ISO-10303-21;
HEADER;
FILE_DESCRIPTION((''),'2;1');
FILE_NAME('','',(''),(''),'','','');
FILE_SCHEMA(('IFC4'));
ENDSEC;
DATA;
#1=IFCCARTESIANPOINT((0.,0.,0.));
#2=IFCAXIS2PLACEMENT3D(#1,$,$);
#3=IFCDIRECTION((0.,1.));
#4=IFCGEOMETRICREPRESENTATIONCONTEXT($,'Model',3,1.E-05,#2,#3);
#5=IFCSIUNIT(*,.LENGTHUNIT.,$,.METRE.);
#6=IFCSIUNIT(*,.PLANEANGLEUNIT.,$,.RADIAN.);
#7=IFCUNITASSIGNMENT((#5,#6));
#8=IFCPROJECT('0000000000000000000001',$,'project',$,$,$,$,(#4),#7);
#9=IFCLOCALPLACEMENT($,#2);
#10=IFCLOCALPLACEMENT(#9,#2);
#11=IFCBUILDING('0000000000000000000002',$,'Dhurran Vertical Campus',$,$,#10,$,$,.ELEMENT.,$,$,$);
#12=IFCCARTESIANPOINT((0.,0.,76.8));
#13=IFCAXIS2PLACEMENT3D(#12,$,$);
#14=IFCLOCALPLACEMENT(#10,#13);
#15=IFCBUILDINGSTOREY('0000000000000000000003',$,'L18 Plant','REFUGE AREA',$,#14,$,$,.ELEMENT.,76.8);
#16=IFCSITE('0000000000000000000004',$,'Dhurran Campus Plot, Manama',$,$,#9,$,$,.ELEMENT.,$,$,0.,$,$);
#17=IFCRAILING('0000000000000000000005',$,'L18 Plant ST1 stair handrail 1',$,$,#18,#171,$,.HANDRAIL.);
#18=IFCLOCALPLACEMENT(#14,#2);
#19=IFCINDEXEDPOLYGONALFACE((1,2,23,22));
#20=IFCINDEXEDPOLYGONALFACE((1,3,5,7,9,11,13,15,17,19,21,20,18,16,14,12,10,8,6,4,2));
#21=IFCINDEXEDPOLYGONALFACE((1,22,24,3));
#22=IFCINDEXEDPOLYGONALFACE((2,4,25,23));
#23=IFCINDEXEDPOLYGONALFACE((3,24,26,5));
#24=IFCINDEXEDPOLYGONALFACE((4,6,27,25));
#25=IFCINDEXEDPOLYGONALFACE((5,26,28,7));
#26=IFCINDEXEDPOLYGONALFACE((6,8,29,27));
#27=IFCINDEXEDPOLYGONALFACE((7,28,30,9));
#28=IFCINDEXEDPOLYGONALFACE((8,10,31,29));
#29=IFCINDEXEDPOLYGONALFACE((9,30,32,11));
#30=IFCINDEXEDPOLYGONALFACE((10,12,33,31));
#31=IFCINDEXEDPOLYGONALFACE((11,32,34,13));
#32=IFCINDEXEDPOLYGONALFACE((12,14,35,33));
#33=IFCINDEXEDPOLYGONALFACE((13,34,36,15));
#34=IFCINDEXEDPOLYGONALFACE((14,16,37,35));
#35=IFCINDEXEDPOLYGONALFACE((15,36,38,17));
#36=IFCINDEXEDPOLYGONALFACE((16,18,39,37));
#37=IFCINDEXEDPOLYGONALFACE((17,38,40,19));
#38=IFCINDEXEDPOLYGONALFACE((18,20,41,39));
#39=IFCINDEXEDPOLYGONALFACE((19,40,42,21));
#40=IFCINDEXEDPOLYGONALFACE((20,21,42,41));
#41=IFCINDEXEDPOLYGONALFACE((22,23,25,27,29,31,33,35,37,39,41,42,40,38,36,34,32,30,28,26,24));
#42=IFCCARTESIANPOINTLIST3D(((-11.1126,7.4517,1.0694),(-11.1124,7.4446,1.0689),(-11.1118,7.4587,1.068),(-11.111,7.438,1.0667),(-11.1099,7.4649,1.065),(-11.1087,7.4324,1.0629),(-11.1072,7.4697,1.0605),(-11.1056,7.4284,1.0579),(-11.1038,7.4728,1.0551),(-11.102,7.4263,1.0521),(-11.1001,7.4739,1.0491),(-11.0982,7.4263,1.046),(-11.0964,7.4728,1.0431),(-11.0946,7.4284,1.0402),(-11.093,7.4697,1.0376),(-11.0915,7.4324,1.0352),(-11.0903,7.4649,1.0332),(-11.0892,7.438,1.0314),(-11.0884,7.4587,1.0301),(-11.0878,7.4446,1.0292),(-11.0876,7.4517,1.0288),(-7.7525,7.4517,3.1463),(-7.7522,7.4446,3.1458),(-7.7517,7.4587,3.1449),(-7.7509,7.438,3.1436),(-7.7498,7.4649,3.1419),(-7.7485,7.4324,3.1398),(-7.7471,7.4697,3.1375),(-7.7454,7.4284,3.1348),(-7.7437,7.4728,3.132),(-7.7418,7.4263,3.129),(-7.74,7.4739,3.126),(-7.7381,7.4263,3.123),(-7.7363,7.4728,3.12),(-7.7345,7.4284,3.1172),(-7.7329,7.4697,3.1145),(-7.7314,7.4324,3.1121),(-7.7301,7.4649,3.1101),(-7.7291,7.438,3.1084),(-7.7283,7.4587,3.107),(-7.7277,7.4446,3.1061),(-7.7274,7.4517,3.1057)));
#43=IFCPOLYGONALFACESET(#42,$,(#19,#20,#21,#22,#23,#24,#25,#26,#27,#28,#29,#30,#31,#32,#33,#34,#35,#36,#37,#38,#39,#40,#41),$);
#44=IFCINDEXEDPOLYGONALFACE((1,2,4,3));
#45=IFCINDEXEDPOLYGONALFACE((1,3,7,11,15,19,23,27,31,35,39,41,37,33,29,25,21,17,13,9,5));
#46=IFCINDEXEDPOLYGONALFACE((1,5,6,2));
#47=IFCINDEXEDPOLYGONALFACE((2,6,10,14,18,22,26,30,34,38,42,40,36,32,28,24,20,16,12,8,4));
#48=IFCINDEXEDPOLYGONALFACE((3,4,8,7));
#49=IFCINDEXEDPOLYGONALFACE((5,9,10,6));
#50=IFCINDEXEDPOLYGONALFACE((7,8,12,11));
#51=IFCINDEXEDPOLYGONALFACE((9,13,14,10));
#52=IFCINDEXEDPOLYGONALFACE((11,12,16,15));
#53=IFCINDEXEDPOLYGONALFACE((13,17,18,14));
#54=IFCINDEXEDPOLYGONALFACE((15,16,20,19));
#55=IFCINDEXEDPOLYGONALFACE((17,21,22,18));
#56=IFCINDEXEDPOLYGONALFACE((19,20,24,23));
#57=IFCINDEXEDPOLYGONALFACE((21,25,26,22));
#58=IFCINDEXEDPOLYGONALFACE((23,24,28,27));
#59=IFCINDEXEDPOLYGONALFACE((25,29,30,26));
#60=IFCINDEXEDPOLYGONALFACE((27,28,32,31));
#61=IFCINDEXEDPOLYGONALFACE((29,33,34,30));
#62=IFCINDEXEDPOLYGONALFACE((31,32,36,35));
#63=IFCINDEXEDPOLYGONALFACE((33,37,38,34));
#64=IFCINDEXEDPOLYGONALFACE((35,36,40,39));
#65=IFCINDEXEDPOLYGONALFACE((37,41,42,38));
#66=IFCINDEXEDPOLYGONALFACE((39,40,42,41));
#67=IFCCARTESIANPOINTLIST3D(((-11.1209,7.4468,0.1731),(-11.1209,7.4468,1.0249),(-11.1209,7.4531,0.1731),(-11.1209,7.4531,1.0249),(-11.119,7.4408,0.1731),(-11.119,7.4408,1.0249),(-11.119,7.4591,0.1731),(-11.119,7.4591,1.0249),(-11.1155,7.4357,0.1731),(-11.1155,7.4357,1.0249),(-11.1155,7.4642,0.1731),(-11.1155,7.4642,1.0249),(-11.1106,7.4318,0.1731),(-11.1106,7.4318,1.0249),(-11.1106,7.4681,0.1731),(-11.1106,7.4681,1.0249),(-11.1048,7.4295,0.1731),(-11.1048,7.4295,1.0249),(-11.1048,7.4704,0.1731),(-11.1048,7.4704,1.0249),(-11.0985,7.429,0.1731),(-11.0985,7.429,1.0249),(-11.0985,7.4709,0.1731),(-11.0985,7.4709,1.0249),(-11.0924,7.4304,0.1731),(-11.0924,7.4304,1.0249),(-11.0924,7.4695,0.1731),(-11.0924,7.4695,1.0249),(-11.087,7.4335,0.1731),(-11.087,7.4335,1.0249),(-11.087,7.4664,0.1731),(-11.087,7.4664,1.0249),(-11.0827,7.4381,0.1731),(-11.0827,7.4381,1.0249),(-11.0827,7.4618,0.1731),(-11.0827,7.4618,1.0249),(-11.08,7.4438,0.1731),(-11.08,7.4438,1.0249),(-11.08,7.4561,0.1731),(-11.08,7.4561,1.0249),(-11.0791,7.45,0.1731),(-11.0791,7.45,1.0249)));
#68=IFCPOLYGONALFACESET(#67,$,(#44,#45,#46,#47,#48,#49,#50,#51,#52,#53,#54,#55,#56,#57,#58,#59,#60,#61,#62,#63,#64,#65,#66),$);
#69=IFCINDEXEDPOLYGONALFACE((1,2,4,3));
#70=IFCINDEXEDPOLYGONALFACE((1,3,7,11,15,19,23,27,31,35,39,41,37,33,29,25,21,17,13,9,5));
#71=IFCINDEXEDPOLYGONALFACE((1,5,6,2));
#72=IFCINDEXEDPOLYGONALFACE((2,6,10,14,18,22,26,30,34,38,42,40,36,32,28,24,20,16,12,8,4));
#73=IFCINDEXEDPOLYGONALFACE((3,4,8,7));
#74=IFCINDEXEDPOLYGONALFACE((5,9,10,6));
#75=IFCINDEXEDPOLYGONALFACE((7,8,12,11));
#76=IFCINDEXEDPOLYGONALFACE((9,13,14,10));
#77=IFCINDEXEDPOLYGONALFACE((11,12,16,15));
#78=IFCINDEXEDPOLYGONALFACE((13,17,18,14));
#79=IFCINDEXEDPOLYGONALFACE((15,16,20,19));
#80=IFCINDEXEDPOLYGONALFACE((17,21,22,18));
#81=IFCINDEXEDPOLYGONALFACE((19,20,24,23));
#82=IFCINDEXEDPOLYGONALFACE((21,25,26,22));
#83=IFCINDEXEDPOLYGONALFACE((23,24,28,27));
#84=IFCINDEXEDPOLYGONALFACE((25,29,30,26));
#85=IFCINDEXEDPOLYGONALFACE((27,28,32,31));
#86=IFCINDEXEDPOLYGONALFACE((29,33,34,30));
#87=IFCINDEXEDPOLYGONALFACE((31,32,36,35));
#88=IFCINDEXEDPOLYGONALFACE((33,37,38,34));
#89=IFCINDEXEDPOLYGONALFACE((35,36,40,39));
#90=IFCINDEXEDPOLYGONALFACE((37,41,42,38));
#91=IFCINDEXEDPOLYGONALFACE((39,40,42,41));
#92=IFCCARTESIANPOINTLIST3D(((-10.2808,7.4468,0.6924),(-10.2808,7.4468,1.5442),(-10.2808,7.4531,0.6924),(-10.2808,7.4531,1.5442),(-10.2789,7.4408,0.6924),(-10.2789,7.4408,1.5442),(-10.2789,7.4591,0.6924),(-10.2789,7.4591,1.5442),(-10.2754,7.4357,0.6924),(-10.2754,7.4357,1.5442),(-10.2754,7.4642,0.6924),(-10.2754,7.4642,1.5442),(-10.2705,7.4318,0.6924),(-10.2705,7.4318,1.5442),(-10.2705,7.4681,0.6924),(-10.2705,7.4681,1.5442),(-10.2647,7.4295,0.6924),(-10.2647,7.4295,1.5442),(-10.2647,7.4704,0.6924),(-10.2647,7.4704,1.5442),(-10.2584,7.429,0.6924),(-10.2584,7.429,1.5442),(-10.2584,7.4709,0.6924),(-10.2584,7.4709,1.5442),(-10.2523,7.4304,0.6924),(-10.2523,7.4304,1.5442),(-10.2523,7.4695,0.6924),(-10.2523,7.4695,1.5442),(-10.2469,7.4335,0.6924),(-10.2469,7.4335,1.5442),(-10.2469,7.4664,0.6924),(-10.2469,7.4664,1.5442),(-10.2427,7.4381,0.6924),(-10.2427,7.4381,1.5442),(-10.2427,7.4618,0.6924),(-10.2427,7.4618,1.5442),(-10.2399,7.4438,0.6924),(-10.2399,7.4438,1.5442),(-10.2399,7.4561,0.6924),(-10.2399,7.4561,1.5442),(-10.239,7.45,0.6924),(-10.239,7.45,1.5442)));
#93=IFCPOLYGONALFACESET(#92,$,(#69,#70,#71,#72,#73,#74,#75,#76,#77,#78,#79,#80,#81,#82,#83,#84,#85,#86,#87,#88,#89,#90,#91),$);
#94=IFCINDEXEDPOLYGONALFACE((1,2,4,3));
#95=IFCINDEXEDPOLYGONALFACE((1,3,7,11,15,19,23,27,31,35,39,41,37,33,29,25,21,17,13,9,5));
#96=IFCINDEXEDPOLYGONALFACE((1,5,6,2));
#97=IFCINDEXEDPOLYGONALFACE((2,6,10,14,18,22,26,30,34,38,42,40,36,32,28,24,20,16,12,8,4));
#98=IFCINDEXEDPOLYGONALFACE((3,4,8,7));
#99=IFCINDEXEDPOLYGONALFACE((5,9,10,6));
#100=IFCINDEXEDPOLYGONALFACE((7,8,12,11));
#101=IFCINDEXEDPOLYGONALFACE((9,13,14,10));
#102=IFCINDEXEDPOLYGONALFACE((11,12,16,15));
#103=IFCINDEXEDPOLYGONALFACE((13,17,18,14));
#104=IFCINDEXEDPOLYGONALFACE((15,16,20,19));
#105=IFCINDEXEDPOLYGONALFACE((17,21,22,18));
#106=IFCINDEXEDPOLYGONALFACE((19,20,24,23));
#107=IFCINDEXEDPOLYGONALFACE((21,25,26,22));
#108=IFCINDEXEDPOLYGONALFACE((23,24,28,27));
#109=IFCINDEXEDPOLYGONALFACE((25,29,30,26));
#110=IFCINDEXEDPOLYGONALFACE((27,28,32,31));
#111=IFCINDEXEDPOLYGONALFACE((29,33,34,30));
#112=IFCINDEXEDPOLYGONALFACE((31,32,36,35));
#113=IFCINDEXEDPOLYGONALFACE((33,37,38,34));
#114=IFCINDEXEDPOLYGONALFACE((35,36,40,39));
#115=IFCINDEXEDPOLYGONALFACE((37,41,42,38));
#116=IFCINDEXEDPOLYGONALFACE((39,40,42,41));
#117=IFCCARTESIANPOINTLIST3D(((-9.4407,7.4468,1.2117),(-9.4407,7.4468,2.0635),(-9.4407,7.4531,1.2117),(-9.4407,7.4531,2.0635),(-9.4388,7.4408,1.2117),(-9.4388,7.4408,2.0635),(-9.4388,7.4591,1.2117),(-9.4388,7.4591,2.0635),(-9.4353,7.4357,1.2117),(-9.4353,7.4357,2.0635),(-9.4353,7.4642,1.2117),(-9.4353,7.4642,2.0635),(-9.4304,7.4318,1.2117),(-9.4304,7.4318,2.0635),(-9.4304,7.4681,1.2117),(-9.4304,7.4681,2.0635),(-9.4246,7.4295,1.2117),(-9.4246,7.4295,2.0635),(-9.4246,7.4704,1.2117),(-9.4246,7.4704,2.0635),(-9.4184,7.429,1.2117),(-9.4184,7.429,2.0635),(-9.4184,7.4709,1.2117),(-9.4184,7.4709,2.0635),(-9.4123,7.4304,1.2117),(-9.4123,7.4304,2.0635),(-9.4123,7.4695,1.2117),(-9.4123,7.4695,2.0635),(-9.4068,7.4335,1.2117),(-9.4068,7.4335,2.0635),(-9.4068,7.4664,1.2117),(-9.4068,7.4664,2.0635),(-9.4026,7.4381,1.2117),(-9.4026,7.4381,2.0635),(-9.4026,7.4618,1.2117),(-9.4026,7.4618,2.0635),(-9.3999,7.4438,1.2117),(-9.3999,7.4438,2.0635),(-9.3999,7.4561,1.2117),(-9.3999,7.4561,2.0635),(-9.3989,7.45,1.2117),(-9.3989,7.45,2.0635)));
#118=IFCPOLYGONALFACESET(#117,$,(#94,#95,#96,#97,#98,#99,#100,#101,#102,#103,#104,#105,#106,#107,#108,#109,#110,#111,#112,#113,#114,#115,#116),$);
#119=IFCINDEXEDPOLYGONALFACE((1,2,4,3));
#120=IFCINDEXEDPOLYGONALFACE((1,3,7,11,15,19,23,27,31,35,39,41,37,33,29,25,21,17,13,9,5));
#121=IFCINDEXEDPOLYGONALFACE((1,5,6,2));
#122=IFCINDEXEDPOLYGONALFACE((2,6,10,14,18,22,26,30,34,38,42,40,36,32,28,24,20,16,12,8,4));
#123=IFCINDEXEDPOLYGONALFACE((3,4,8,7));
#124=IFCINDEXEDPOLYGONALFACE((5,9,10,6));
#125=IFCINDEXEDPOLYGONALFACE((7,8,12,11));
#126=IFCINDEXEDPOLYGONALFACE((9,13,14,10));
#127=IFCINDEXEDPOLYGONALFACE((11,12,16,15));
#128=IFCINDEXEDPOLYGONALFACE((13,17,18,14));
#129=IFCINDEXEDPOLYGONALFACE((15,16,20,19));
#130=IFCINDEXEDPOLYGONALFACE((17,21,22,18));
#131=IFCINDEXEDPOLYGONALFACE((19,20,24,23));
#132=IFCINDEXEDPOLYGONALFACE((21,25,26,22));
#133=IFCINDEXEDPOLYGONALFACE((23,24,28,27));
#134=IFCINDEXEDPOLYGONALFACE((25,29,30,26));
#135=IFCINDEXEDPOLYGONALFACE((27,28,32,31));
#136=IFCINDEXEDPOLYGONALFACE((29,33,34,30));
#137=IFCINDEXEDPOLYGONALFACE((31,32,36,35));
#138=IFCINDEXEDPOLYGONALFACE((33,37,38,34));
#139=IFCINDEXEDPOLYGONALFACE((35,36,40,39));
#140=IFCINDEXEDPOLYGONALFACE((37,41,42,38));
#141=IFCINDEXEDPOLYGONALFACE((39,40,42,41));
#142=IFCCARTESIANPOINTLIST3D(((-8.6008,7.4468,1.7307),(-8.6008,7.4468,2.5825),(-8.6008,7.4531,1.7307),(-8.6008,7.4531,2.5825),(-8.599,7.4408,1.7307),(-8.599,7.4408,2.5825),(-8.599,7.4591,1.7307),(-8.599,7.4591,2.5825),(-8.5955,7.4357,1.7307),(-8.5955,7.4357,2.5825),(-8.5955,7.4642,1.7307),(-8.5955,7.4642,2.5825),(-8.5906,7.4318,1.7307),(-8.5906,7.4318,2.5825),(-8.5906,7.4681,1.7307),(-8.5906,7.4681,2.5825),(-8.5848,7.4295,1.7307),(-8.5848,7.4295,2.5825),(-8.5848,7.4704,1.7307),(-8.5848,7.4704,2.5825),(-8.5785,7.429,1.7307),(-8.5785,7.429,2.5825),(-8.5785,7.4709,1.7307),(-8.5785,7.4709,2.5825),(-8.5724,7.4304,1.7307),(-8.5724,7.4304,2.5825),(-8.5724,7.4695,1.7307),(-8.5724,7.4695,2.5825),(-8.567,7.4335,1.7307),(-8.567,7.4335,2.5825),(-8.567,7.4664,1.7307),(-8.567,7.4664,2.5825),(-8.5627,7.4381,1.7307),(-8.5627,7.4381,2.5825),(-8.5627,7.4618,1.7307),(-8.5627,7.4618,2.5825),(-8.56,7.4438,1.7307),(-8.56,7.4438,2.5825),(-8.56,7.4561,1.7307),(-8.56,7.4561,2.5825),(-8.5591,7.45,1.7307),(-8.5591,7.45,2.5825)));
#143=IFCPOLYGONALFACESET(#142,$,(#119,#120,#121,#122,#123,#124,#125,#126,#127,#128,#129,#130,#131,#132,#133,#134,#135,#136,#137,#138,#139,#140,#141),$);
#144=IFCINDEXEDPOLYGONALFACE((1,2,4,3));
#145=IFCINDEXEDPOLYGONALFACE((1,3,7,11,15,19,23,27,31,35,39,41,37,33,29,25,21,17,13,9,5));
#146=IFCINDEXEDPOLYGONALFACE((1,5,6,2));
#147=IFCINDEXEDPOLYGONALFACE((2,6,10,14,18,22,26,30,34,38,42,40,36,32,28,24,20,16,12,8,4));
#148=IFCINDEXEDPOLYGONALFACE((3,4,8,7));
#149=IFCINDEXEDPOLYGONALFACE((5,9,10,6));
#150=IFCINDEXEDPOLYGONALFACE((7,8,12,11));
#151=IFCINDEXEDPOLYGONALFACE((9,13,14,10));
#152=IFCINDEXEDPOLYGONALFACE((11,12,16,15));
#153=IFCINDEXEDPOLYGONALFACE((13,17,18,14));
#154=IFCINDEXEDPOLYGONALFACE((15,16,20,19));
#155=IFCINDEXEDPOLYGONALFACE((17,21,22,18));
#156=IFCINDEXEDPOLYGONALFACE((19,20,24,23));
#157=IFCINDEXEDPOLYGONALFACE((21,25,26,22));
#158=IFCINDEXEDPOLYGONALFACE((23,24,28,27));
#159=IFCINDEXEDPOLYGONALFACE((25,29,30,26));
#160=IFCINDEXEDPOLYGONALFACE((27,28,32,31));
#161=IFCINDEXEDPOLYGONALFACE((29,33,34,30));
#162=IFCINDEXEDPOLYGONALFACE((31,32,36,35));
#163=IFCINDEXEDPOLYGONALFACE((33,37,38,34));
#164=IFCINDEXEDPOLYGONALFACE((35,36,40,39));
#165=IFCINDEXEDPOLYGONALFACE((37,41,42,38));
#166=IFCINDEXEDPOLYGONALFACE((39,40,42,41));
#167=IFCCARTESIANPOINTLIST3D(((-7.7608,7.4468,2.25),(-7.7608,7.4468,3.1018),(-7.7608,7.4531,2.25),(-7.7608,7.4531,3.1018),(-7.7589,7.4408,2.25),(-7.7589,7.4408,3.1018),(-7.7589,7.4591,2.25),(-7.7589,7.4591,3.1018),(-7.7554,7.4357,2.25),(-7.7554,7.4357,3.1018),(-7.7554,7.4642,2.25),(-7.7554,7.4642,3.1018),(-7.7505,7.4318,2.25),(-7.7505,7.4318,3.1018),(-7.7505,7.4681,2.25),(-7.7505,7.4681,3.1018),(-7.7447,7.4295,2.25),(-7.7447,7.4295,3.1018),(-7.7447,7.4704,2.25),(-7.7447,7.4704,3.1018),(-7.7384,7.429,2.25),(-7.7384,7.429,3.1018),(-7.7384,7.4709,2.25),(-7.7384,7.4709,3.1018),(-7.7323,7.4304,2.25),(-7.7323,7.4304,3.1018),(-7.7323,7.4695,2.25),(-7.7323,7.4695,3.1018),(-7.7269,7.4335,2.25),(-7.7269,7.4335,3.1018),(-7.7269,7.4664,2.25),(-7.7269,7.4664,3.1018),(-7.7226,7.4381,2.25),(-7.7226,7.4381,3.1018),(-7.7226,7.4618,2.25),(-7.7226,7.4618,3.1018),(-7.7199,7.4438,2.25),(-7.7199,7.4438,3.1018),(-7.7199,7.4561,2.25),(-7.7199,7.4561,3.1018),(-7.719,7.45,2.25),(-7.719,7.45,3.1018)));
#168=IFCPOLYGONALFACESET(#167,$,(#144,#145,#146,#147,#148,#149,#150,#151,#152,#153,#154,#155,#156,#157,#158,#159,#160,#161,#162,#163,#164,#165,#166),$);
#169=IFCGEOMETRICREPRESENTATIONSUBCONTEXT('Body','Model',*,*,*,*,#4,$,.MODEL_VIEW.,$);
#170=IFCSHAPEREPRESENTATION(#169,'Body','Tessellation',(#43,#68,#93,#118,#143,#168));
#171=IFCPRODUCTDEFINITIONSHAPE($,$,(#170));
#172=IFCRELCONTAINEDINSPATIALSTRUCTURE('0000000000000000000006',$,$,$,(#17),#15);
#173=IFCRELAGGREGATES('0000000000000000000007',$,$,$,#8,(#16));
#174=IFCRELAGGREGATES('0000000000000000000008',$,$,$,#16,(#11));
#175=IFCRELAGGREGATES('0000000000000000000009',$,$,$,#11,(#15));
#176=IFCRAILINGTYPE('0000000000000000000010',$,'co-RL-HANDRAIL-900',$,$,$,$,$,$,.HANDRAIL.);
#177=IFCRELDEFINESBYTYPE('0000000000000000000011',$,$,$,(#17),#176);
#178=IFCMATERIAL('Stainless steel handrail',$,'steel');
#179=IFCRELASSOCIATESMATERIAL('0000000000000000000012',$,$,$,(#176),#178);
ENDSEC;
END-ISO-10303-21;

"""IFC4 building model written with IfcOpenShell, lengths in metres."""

from ifc_helpers import new_model, si_unit, direction, frame, origin, origin_2d, place, context, subcontext, project, spatial, circle, extrude, material, type_object, element, save


model = new_model("IFC4")

# Units and contexts
model_context = context("Model", 3, precision=1e-05, world=origin(), true_north=direction((0.0, 1.0)))
body_context = subcontext(model_context, "Body", "Model", "MODEL_VIEW")
ifc_project = project(units=[si_unit("LENGTHUNIT", "METRE"), si_unit("PLANEANGLEUNIT", "RADIAN")], contexts=[model_context])

# Site, building, storey
site_placement = place(None, origin())
site = spatial("IfcSite", under=ifc_project, at=site_placement, Name="Dhurran Campus Plot, Manama", CompositionType="ELEMENT", RefElevation=0.0)
building_placement = place(site_placement, origin())
building = spatial("IfcBuilding", under=site, at=building_placement, Name="Dhurran Vertical Campus", CompositionType="ELEMENT")
storey_placement = place(building_placement, frame((0.0, 0.0, 76.8)))
storey = spatial("IfcBuildingStorey", under=building, at=storey_placement, Name="L18 Plant", Description="REFUGE AREA", CompositionType="ELEMENT", Elevation=76.8)

# Railing
ifc_material_1 = material(Name="Stainless steel handrail", Category="steel")
railing_type_1 = type_object("IfcRailingType", Name="co-RL-HANDRAIL-900", PredefinedType="HANDRAIL", material=ifc_material_1)
railing_1_placement = place(storey_placement, frame((-11.1001, 7.45, 0.1731)))
element("IfcRailing", 1, at=railing_1_placement, inside=storey, type_object=railing_type_1, Name="L18 Plant ST1 stair handrail 1", PredefinedType="HANDRAIL", context=body_context, shape_type="SweptSolid", body=[
    extrude(circle(Radius=0.0239, at=origin_2d()), frame((0.0, 0.0, 0.876), z_axis=(0.850623, 0.0, 0.525776), x_axis=(0.0, 1.0, 0.0)), (0.0, 0.0, 1.0), 3.9502),
    extrude(circle(Radius=0.021, at=origin_2d()), origin(), (0.0, 0.0, 1.0), 0.8518),
    extrude(circle(Radius=0.021, at=origin_2d()), frame((0.8401, 0.0, 0.5193)), (0.0, 0.0, 1.0), 0.8518),
    extrude(circle(Radius=0.021, at=origin_2d()), frame((1.6802, 0.0, 1.0386)), (0.0, 0.0, 1.0), 0.8518),
    extrude(circle(Radius=0.021, at=origin_2d()), frame((2.52, 0.0, 1.5576)), (0.0, 0.0, 1.0), 0.8518),
    extrude(circle(Radius=0.021, at=origin_2d()), frame((3.3601, 0.0, 2.0769)), (0.0, 0.0, 1.0), 0.8518),
])

save(model, "model.ifc")
